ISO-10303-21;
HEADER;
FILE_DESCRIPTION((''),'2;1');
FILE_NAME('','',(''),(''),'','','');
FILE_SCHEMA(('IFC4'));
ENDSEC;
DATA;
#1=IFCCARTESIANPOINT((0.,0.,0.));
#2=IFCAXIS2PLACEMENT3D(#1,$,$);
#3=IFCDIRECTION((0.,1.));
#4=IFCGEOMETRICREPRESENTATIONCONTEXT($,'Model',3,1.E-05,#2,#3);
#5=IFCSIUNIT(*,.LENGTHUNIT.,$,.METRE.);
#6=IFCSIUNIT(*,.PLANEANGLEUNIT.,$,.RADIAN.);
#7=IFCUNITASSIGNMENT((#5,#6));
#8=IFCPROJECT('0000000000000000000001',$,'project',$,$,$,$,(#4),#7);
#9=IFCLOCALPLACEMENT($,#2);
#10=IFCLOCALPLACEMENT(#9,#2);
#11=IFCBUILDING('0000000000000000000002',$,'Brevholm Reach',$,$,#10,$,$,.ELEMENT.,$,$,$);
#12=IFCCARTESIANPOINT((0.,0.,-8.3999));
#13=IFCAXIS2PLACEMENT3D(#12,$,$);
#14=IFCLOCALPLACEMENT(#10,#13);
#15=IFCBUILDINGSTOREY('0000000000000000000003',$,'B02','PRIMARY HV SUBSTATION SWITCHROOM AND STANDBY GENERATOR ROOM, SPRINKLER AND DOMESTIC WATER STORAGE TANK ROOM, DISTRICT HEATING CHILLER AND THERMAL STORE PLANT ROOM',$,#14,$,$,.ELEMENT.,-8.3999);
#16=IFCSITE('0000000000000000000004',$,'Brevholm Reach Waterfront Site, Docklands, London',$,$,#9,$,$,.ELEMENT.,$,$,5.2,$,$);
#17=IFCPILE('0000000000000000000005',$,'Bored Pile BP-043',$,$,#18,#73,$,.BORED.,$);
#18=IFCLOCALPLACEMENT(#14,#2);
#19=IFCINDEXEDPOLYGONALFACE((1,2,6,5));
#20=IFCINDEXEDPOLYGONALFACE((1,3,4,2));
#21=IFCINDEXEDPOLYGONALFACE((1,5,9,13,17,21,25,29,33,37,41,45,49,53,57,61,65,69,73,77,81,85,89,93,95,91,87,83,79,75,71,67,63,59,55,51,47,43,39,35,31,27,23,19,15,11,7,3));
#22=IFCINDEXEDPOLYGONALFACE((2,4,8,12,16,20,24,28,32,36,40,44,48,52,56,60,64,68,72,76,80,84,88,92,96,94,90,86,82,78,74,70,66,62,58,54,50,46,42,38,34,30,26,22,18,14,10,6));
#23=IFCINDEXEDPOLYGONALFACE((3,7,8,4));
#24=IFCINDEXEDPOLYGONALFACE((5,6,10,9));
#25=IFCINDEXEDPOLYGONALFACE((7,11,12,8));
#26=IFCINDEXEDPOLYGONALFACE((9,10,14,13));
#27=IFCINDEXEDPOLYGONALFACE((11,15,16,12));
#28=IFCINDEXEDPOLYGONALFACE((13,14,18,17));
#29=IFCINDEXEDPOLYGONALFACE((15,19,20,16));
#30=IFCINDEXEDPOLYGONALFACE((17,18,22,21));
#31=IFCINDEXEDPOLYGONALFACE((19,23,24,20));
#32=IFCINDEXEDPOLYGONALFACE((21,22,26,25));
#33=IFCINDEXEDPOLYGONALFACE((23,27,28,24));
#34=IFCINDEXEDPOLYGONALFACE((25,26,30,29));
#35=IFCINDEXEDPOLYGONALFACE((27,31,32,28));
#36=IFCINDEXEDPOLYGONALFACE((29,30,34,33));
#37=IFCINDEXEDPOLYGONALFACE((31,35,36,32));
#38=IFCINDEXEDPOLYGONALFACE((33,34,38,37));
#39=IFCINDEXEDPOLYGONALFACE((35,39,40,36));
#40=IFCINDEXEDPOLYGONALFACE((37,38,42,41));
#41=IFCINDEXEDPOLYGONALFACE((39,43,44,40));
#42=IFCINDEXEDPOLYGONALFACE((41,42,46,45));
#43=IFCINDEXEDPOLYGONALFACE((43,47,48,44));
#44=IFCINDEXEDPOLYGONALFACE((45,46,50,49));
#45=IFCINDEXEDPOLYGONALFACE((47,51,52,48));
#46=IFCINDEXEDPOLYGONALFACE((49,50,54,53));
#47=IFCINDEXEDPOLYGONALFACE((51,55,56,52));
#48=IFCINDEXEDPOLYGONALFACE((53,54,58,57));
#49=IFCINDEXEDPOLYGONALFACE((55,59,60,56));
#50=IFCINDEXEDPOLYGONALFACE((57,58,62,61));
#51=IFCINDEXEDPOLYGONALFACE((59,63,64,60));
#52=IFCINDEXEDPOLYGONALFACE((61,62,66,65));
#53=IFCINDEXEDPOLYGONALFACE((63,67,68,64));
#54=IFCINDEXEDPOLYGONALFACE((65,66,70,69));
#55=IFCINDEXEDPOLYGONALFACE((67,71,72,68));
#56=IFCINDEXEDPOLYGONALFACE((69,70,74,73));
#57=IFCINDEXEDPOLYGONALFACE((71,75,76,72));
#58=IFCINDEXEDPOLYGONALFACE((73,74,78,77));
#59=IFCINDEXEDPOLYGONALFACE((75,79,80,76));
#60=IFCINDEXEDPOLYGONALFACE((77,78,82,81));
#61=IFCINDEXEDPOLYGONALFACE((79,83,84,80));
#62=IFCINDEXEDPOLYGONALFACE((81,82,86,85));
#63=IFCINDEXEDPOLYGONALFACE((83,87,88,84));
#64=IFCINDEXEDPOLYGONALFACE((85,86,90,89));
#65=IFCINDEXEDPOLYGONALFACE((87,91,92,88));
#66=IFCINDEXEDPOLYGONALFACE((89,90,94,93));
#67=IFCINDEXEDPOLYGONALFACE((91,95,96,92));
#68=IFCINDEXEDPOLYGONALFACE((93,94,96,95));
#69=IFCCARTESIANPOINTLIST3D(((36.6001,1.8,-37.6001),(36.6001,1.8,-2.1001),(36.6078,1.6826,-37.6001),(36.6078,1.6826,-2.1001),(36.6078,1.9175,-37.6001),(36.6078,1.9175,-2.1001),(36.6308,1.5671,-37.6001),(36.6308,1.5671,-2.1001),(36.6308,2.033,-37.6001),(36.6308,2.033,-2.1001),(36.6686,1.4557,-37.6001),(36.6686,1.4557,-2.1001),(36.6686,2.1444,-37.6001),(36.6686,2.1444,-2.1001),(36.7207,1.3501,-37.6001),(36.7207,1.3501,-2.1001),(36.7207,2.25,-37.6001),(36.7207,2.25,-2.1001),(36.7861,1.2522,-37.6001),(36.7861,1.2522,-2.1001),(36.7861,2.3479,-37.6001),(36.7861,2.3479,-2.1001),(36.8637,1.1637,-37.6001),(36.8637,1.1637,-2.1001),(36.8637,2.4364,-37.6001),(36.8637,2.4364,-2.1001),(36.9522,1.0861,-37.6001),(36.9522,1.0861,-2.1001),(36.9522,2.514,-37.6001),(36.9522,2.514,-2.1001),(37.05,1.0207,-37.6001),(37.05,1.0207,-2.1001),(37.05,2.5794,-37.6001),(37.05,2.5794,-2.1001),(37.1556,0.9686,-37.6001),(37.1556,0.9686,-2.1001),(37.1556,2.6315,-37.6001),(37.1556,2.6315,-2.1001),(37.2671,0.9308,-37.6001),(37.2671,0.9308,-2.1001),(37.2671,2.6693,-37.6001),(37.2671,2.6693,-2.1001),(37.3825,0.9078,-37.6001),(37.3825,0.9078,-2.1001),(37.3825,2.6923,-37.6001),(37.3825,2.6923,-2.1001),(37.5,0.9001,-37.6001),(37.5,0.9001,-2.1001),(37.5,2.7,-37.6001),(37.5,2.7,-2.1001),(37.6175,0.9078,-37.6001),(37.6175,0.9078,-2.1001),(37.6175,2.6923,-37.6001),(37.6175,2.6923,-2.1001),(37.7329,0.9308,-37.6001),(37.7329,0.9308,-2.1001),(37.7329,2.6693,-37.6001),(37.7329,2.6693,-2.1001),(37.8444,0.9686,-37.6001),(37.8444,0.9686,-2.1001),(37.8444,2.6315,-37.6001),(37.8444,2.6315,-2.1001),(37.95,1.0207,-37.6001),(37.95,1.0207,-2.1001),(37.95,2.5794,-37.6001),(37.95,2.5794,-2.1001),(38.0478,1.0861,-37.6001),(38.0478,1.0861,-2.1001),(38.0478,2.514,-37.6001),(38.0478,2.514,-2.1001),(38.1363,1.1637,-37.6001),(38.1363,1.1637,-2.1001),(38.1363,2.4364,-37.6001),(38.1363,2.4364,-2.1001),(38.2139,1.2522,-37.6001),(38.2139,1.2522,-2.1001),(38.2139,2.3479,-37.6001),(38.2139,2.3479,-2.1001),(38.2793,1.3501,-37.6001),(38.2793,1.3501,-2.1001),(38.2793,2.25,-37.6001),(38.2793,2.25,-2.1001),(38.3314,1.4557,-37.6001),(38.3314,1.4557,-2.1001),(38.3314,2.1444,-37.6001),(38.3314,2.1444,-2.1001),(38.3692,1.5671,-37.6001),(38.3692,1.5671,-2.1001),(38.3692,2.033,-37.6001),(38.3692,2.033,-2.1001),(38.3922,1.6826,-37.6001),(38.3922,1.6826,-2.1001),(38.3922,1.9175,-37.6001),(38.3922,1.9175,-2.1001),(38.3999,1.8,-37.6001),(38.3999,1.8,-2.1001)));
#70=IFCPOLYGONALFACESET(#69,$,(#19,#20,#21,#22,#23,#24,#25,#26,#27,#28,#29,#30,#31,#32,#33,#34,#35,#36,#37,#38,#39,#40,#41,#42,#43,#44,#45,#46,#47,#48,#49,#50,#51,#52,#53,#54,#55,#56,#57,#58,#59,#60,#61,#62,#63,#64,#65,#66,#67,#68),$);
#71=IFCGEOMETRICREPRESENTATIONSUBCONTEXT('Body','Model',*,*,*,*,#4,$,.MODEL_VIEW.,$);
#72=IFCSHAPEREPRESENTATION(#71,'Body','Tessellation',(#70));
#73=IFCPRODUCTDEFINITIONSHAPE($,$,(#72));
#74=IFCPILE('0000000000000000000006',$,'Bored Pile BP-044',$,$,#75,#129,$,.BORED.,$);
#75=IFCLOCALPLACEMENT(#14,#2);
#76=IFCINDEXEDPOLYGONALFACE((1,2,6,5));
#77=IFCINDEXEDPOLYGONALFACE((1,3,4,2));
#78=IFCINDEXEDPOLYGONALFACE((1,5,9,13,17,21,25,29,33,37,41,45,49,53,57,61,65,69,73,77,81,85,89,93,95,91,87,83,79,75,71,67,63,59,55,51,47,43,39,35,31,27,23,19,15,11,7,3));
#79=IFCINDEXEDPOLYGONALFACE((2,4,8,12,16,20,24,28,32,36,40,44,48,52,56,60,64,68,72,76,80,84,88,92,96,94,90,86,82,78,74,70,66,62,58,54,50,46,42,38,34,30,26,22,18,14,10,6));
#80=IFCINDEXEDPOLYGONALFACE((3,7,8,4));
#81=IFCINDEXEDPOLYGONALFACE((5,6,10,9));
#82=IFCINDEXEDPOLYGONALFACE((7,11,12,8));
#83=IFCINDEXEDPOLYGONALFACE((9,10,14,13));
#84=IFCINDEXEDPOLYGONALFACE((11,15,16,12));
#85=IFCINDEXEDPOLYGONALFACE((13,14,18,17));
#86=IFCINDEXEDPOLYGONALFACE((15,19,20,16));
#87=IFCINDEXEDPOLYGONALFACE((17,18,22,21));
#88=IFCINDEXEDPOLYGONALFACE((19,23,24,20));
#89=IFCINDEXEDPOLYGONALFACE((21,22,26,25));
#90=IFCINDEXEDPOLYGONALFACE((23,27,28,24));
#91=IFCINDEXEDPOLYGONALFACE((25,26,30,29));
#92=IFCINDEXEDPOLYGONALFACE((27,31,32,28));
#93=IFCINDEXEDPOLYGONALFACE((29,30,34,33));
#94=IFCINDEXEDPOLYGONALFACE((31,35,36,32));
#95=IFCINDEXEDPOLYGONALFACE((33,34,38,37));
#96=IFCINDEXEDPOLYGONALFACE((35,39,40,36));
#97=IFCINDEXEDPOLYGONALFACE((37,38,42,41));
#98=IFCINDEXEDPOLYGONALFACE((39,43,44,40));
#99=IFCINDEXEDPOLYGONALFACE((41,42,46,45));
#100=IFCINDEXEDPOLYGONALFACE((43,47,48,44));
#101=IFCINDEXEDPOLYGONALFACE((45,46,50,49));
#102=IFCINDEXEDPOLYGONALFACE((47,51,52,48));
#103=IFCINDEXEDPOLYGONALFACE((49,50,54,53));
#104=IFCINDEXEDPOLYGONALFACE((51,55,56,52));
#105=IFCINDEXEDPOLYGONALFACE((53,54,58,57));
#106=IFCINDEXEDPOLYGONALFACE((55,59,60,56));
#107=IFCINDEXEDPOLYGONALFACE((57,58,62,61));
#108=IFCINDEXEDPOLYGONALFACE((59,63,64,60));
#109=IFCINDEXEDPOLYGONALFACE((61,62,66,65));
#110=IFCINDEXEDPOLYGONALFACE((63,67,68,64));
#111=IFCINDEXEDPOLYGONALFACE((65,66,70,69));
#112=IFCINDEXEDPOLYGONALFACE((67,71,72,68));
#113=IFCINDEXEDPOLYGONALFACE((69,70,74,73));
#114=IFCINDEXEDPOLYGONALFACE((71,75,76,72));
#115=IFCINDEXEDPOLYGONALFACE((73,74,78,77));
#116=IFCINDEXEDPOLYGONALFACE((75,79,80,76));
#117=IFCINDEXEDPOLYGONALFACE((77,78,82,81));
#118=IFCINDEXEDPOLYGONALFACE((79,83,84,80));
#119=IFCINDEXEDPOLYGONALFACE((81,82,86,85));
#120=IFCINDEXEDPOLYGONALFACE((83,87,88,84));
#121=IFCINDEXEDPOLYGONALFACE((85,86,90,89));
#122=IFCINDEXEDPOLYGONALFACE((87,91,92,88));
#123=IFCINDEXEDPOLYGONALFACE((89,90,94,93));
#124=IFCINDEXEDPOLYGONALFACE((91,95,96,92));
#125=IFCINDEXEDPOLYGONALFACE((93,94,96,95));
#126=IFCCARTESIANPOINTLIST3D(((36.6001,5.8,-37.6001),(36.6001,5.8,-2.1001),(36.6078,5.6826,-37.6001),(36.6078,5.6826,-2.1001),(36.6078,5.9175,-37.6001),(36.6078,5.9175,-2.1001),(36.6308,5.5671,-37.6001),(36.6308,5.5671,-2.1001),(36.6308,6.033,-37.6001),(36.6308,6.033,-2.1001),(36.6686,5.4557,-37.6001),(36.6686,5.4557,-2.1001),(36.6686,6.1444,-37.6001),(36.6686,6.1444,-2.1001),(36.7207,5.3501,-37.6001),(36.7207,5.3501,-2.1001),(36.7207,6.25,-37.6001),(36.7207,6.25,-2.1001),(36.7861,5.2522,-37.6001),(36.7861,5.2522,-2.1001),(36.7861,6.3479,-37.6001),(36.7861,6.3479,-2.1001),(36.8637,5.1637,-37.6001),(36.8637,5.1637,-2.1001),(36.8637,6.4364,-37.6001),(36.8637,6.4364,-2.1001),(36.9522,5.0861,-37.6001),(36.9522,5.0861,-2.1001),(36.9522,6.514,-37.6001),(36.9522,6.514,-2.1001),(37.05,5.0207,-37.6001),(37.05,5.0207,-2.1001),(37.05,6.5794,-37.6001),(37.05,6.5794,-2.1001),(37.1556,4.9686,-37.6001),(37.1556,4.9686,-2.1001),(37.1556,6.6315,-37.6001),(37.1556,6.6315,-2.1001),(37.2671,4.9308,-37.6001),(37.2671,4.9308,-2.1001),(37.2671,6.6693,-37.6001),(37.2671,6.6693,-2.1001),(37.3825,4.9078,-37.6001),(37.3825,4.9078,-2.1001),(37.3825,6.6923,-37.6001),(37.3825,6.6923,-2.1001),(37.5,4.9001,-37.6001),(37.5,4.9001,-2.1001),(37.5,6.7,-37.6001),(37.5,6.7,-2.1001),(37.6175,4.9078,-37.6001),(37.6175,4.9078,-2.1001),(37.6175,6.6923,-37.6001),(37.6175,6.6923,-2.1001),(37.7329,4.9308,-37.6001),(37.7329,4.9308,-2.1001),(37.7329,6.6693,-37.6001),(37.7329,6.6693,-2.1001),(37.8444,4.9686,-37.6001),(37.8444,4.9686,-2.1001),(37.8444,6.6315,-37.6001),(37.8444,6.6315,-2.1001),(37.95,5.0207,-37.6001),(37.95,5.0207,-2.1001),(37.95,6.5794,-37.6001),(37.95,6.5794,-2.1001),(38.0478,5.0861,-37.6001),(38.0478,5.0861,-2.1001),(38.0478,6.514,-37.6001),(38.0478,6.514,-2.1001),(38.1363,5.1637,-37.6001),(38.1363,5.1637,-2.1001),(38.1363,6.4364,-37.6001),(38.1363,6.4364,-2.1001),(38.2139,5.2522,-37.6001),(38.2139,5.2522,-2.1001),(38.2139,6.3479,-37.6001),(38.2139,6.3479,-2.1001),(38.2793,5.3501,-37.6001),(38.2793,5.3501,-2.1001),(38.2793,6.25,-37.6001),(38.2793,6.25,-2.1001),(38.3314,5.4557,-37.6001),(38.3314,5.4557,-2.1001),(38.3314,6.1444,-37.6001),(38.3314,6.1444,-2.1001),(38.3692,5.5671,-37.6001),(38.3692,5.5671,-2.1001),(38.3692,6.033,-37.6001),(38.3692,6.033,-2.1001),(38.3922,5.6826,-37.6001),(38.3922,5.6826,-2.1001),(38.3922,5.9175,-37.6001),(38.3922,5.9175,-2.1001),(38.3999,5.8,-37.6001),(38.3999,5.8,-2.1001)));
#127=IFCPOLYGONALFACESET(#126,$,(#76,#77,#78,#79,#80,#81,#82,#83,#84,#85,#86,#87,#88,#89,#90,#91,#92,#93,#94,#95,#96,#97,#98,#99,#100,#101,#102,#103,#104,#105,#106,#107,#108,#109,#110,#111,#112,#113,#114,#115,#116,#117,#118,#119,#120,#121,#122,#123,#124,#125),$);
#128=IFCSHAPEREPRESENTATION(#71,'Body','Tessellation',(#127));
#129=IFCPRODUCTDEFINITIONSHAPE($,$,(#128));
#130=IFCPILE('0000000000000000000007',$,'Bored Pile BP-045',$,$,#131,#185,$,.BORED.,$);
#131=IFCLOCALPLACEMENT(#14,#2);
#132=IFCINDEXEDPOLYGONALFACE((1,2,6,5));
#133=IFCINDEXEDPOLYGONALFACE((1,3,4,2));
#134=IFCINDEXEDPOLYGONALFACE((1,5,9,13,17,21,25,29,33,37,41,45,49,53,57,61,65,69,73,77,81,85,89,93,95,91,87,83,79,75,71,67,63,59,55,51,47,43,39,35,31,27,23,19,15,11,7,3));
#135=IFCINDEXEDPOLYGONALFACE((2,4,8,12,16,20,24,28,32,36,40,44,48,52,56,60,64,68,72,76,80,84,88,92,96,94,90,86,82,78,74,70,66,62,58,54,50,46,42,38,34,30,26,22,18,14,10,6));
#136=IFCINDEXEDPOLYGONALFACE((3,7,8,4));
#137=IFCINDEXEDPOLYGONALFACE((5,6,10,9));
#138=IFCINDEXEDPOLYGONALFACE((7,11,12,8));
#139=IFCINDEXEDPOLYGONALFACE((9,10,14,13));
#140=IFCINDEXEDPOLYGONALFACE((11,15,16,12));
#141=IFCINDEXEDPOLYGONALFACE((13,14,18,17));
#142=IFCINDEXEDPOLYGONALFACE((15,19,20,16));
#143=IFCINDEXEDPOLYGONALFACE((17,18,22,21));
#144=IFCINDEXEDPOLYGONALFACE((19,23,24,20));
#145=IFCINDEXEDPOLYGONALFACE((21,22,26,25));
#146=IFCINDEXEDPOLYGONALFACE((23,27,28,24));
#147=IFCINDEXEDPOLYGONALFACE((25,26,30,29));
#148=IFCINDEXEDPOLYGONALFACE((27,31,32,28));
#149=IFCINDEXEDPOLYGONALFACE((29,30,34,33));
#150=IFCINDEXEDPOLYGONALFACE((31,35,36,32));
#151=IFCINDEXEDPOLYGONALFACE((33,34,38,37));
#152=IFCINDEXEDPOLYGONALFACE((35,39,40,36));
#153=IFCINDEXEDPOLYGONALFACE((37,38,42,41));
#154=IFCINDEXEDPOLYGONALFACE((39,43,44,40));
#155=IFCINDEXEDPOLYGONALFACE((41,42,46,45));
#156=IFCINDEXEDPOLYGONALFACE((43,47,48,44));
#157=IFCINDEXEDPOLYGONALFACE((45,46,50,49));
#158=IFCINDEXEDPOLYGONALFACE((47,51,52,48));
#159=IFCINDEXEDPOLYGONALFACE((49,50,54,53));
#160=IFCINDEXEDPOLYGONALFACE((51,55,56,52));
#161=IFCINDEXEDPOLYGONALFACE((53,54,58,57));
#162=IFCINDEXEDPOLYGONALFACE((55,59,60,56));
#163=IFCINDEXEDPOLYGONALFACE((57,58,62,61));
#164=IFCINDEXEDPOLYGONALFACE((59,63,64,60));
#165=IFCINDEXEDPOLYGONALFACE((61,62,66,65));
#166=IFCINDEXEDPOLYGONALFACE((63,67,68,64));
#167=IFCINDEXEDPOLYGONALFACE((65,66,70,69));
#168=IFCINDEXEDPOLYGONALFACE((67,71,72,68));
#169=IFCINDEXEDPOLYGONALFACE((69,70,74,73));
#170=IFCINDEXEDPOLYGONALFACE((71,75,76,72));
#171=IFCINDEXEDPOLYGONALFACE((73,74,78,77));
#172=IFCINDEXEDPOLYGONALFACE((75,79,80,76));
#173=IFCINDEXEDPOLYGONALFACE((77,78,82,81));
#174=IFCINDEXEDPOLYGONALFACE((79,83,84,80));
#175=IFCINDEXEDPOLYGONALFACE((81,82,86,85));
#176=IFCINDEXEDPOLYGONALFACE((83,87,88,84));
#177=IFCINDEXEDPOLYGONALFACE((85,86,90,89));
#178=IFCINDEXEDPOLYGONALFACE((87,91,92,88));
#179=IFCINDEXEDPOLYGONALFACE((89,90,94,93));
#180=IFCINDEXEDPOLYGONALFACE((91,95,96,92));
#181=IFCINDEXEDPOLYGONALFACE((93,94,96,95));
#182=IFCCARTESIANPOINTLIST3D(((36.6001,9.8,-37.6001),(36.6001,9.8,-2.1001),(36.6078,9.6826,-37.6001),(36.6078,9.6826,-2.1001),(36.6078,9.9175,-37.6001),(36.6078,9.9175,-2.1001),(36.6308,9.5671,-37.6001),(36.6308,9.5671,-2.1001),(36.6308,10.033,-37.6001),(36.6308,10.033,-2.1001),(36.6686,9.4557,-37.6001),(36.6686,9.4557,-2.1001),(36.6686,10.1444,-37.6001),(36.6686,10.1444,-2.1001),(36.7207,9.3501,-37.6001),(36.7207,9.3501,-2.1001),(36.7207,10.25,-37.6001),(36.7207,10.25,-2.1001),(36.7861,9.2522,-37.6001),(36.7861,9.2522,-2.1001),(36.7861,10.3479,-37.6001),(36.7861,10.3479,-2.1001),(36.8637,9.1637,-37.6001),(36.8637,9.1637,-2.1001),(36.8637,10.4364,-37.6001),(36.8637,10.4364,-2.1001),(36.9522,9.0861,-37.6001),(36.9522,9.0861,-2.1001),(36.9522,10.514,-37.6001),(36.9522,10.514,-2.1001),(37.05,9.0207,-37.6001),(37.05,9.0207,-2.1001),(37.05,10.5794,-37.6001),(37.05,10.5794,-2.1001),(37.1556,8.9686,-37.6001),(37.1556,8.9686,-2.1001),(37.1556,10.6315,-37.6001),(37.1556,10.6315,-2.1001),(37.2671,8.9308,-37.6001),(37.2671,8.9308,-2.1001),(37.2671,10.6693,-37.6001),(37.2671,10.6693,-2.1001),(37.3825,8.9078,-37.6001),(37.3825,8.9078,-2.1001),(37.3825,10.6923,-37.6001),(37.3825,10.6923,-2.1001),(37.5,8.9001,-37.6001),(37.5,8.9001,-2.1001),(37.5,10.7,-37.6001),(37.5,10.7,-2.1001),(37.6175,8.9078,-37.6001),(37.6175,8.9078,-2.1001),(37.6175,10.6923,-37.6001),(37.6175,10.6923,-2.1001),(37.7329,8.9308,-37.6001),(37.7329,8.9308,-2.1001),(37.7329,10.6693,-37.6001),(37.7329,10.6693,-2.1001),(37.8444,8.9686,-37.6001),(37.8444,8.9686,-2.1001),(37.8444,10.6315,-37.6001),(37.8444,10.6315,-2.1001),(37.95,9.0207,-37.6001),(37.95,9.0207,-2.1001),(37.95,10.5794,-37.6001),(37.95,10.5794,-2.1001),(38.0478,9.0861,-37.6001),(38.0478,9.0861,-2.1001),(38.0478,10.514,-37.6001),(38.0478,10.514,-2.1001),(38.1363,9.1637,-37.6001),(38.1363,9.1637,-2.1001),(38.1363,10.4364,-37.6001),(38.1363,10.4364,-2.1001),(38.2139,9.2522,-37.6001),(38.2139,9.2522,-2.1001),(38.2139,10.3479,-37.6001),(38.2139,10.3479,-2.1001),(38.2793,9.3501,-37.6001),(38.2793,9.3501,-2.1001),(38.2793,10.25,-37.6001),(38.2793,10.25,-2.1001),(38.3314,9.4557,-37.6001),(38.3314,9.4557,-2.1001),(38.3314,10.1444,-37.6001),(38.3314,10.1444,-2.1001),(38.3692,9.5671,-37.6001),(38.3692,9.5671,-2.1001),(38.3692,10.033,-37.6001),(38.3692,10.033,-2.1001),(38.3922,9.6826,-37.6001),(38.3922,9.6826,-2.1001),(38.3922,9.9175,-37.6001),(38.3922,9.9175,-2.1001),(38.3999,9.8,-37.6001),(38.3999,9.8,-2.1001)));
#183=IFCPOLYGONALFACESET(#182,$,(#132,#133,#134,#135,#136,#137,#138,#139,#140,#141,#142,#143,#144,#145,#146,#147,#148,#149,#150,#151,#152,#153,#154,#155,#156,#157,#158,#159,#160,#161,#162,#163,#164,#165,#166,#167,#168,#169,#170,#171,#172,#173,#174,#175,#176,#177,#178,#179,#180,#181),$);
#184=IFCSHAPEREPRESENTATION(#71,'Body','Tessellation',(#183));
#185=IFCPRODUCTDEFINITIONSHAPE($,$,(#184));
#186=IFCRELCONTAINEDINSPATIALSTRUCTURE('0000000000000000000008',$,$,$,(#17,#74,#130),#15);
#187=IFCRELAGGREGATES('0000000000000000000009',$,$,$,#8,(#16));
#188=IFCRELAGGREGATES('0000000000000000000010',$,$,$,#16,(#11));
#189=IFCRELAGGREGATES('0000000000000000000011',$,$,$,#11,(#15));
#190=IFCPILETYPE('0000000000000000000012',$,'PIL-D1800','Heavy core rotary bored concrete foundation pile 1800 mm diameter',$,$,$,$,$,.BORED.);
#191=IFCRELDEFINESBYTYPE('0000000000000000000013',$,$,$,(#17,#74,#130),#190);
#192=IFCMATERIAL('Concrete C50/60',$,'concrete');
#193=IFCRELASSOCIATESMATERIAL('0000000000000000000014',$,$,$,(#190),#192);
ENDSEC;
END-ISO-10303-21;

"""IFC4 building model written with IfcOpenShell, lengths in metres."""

from ifc_helpers import new_model, si_unit, direction, frame, origin, origin_2d, place, context, subcontext, project, spatial, circle, extrude, material, material_profile, profile_set, type_object, element, save


model = new_model("IFC4")

# Units and contexts
model_context = context("Model", 3, precision=1e-05, world=origin(), true_north=direction((0.0, 1.0)))
body_context = subcontext(model_context, "Body", "Model", "MODEL_VIEW")
ifc_project = project(units=[si_unit("LENGTHUNIT", "METRE"), si_unit("PLANEANGLEUNIT", "RADIAN")], contexts=[model_context])

# Site, building, storey
site_placement = place(None, origin())
site = spatial("IfcSite", under=ifc_project, at=site_placement, Name="Brevholm Reach Waterfront Site, Docklands, London", CompositionType="ELEMENT", RefElevation=5.2)
building_placement = place(site_placement, origin())
building = spatial("IfcBuilding", under=site, at=building_placement, Name="Brevholm Reach", CompositionType="ELEMENT")
storey_placement = place(building_placement, frame((0.0, 0.0, -8.3999)))
storey = spatial("IfcBuildingStorey", under=building, at=storey_placement, Name="B02", Description="PRIMARY HV SUBSTATION SWITCHROOM AND STANDBY GENERATOR ROOM, SPRINKLER AND DOMESTIC WATER STORAGE TANK ROOM, DISTRICT HEATING CHILLER AND THERMAL STORE PLANT ROOM", CompositionType="ELEMENT", Elevation=-8.3999)

# Piles
ifc_material_1 = material(Name="Concrete C50/60", Category="concrete")
ifc_material_profile_1 = material_profile(ifc_material_1, circle(Radius=0.8999, at=origin_2d()), Name="PILE D1800")
ifc_profile_set_1 = profile_set([ifc_material_profile_1], Name="Concrete C50/60")
pile_type = type_object("IfcPileType", Name="PIL-D1800", Description="Heavy core rotary bored concrete foundation pile 1800 mm diameter", PredefinedType="BORED", material=ifc_profile_set_1)
for number, where, z_axis, x_axis, name in (
    (1, (37.5, 1.8, -2.1001), (0.0, 0.0, -1.0), (1.0, 0.0, 0.0), "Bored Pile BP-043"),
    (2, (37.5, 5.8, -2.1001), (0.0, 0.0, -1.0), (1.0, 0.0, 0.0), "Bored Pile BP-044"),
    (3, (37.5, 9.8, -2.1001), (0.0, 0.0, -1.0), (1.0, 0.0, 0.0), "Bored Pile BP-045"),
):
    element("IfcPile", number, at=place(storey_placement, frame(where, z_axis=z_axis, x_axis=x_axis)), inside=storey, type_object=pile_type, Name=name, PredefinedType="BORED", context=body_context, shape_type="SweptSolid", body=[
        extrude(circle(Radius=0.8999, at=origin_2d()), origin(), (0.0, 0.0, 1.0), 35.5),
    ])

save(model, "model.ifc")
